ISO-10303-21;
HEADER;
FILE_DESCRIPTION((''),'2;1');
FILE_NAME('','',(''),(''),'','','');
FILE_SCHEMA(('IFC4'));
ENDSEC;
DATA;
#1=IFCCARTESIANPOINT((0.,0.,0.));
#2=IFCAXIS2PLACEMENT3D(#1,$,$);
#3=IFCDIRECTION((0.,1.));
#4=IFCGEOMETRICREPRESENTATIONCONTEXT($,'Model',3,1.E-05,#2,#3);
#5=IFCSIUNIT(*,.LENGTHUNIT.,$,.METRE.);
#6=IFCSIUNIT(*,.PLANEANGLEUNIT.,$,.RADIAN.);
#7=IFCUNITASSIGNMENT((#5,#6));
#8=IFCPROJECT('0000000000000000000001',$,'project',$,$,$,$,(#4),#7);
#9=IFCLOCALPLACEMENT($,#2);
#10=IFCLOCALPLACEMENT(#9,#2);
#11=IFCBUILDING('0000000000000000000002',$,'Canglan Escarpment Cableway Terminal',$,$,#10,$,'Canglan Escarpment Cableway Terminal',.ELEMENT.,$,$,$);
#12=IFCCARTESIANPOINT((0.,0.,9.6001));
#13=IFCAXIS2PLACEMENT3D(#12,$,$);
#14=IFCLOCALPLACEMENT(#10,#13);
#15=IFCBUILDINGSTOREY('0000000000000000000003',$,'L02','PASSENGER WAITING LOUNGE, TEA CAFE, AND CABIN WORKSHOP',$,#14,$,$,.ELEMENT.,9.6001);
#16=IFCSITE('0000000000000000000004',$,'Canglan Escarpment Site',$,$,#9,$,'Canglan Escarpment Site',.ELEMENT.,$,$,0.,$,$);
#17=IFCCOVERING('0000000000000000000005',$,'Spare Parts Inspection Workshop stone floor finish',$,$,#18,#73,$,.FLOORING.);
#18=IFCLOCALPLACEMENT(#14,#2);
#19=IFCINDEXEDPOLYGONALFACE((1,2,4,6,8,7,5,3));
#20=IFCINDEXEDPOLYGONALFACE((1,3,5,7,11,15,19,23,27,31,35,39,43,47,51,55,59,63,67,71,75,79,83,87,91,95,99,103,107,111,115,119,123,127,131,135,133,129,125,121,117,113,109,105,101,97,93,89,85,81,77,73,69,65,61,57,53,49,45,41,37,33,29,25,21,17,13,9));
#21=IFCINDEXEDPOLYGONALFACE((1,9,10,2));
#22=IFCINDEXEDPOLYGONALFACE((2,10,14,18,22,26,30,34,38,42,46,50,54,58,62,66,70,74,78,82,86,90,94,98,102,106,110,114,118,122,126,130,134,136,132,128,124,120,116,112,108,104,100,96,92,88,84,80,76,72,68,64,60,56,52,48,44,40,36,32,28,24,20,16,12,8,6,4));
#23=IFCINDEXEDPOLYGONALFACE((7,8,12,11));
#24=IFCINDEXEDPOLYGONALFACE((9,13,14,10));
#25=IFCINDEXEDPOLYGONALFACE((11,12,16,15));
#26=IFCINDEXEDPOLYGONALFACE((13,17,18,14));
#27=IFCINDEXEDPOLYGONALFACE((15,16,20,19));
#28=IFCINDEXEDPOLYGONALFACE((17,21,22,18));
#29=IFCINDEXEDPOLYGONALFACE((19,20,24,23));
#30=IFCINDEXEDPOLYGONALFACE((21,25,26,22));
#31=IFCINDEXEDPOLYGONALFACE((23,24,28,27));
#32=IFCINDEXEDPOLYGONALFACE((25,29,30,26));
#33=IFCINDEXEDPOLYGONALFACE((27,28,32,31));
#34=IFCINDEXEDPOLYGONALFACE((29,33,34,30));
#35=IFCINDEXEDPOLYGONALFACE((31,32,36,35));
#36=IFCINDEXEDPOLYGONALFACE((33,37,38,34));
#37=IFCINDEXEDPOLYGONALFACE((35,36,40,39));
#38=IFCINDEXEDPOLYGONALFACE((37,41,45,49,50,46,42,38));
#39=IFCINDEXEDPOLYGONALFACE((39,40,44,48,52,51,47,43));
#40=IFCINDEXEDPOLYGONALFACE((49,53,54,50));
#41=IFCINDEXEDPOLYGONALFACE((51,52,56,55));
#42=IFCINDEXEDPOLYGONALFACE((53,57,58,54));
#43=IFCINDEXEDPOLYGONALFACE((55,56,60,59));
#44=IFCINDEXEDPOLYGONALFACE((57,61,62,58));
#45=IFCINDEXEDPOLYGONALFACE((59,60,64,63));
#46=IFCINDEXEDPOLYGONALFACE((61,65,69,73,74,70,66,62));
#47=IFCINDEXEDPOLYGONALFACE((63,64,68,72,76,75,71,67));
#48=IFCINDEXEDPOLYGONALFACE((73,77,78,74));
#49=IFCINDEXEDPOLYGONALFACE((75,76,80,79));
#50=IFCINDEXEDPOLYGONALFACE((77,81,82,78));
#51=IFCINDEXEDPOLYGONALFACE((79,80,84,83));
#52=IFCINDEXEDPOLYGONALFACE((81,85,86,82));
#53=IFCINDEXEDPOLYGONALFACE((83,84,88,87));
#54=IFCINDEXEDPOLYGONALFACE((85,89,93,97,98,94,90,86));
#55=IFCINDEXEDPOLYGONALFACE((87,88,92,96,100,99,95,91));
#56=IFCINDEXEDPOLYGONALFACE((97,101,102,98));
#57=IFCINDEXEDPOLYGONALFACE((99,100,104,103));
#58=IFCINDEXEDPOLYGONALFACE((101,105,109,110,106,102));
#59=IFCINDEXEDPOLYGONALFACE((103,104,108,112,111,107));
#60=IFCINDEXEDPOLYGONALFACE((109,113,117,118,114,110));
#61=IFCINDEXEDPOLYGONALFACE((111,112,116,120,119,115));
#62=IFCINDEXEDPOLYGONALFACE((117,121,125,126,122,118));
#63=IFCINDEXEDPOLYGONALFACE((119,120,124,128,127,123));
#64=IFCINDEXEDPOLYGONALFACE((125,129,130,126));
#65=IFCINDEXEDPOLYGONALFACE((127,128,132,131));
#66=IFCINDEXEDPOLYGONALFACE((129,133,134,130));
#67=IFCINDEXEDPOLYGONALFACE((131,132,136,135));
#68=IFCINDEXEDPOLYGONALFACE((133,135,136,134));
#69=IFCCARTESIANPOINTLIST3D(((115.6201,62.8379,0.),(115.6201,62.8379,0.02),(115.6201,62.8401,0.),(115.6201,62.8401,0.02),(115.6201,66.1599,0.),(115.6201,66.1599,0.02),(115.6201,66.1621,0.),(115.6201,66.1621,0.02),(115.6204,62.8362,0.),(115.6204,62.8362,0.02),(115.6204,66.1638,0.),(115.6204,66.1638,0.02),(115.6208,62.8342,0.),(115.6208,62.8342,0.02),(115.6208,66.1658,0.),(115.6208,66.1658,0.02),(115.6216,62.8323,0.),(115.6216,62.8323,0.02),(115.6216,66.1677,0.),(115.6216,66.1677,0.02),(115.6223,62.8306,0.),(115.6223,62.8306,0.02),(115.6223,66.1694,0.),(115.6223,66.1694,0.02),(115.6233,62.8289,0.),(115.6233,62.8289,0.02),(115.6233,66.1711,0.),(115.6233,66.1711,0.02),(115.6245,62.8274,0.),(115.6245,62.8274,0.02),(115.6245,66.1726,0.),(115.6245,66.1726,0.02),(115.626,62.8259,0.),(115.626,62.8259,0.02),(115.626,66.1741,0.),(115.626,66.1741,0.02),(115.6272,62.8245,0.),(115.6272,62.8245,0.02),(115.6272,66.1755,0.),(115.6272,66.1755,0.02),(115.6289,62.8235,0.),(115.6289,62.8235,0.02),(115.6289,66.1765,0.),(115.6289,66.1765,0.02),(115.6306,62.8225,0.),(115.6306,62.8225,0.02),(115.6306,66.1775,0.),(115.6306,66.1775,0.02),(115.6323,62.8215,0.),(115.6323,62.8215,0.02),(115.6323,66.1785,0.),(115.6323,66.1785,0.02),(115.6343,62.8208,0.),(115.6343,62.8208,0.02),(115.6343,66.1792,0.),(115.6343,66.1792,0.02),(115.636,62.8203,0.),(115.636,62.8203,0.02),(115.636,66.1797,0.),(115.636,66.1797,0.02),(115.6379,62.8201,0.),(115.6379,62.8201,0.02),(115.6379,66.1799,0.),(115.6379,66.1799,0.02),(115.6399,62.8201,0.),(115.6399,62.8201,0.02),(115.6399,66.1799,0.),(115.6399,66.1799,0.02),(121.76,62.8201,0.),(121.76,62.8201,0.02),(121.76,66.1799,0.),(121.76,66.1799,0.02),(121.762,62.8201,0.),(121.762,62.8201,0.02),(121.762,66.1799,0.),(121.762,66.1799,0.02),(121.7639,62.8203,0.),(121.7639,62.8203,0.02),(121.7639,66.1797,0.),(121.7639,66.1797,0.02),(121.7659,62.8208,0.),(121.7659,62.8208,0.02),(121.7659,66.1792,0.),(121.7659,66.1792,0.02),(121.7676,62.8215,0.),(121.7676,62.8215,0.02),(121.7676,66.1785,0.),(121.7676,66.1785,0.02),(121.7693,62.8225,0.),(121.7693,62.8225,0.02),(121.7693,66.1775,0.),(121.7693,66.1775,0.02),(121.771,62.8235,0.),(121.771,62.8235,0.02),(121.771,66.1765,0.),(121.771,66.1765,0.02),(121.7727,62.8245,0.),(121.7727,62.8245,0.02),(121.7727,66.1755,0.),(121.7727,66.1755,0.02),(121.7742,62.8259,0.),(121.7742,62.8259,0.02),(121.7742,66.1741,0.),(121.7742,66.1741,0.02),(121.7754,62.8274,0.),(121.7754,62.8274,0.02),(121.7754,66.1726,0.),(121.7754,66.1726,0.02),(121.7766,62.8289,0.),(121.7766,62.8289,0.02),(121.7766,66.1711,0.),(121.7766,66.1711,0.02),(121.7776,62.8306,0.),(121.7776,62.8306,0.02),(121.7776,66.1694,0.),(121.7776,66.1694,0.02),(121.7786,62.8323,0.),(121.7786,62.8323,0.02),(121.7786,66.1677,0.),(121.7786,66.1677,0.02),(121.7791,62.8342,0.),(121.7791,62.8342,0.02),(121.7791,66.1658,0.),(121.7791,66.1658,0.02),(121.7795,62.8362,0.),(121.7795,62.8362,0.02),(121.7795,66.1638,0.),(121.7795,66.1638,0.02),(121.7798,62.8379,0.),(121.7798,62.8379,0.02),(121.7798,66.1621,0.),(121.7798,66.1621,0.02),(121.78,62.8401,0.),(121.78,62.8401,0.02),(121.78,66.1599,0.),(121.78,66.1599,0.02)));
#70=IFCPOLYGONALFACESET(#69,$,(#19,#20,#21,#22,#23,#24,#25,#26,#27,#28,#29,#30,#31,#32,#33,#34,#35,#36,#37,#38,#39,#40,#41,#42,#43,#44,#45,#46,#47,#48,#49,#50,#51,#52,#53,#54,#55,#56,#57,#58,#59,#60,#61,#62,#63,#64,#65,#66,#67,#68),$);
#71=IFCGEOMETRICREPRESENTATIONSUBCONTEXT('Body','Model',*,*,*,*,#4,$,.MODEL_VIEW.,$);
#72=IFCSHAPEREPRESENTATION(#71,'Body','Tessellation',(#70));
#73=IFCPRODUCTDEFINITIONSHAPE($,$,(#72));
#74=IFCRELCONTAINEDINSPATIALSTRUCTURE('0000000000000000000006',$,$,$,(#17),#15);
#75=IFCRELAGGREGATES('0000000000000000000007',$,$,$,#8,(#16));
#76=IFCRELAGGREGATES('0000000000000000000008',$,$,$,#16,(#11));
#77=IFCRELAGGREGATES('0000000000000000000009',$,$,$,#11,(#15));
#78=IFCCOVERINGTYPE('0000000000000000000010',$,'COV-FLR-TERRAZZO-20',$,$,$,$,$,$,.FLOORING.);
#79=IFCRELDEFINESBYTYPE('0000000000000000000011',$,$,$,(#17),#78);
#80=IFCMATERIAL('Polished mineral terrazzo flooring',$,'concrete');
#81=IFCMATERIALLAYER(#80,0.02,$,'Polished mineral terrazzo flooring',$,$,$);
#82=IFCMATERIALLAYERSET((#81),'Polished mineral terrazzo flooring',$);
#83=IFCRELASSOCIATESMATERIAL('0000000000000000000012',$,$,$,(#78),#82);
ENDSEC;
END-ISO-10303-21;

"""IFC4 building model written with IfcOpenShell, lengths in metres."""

from ifc_helpers import new_model, si_unit, direction, frame, origin, place, context, subcontext, project, spatial, polyline, outline, extrude, material, layer, layer_set, type_object, element, save


model = new_model("IFC4")

# Units and contexts
model_context = context("Model", 3, precision=1e-05, world=origin(), true_north=direction((0.0, 1.0)))
body_context = subcontext(model_context, "Body", "Model", "MODEL_VIEW")
ifc_project = project(units=[si_unit("LENGTHUNIT", "METRE"), si_unit("PLANEANGLEUNIT", "RADIAN")], contexts=[model_context])

# Site, building, storey
site_placement = place(None, origin())
site = spatial("IfcSite", under=ifc_project, at=site_placement, Name="Canglan Escarpment Site", LongName="Canglan Escarpment Site", CompositionType="ELEMENT", RefElevation=0.0)
building_placement = place(site_placement, origin())
building = spatial("IfcBuilding", under=site, at=building_placement, Name="Canglan Escarpment Cableway Terminal", LongName="Canglan Escarpment Cableway Terminal", CompositionType="ELEMENT")
storey_placement = place(building_placement, frame((0.0, 0.0, 9.6001)))
storey = spatial("IfcBuildingStorey", under=building, at=storey_placement, Name="L02", Description="PASSENGER WAITING LOUNGE, TEA CAFE, AND CABIN WORKSHOP", CompositionType="ELEMENT", Elevation=9.6001)

# Covering
ifc_material_1 = material(Name="Polished mineral terrazzo flooring", Category="concrete")
ifc_layer_1 = layer(ifc_material_1, 0.02, Name="Polished mineral terrazzo flooring")
ifc_layer_set_1 = layer_set([ifc_layer_1], Name="Polished mineral terrazzo flooring")
covering_type_1 = type_object("IfcCoveringType", Name="COV-FLR-TERRAZZO-20", PredefinedType="FLOORING", material=ifc_layer_set_1)
covering_1_placement = place(storey_placement, origin())
element("IfcCovering", 1, at=covering_1_placement, inside=storey, type_object=covering_type_1, Name="Spare Parts Inspection Workshop stone floor finish", PredefinedType="FLOORING", context=body_context, shape_type="SweptSolid", body=[
    extrude(outline(polyline([(115.6201, 66.1599), (115.6201, 66.1621), (115.6204, 66.1638), (115.6208, 66.1658), (115.6216, 66.1677), (115.6223, 66.1694), (115.6233, 66.1711), (115.6245, 66.1726), (115.626, 66.1741), (115.6272, 66.1755), (115.6289, 66.1765), (115.6306, 66.1775), (115.6323, 66.1785), (115.6343, 66.1792), (115.636, 66.1797), (115.6379, 66.1799), (115.6399, 66.1799), (121.76, 66.1799), (121.762, 66.1799), (121.7639, 66.1797), (121.7659, 66.1792), (121.7676, 66.1785), (121.7693, 66.1775), (121.771, 66.1765), (121.7727, 66.1755), (121.7742, 66.1741), (121.7754, 66.1726), (121.7766, 66.1711), (121.7776, 66.1694), (121.7786, 66.1677), (121.7791, 66.1658), (121.7795, 66.1638), (121.7798, 66.1621), (121.78, 66.1599), (121.78, 62.8401), (121.7798, 62.8379), (121.7795, 62.8362), (121.7791, 62.8342), (121.7786, 62.8323), (121.7776, 62.8306), (121.7766, 62.8289), (121.7754, 62.8274), (121.7742, 62.8259), (121.7727, 62.8245), (121.771, 62.8235), (121.7693, 62.8225), (121.7676, 62.8215), (121.7659, 62.8208), (121.7639, 62.8203), (121.762, 62.8201), (121.76, 62.8201), (115.6399, 62.8201), (115.6379, 62.8201), (115.636, 62.8203), (115.6343, 62.8208), (115.6323, 62.8215), (115.6306, 62.8225), (115.6289, 62.8235), (115.6272, 62.8245), (115.626, 62.8259), (115.6245, 62.8274), (115.6233, 62.8289), (115.6223, 62.8306), (115.6216, 62.8323), (115.6208, 62.8342), (115.6204, 62.8362), (115.6201, 62.8379), (115.6201, 62.8401), (115.6201, 66.1599)])), origin(), (0.0, 0.0, 1.0), 0.02),
])

save(model, "model.ifc")
